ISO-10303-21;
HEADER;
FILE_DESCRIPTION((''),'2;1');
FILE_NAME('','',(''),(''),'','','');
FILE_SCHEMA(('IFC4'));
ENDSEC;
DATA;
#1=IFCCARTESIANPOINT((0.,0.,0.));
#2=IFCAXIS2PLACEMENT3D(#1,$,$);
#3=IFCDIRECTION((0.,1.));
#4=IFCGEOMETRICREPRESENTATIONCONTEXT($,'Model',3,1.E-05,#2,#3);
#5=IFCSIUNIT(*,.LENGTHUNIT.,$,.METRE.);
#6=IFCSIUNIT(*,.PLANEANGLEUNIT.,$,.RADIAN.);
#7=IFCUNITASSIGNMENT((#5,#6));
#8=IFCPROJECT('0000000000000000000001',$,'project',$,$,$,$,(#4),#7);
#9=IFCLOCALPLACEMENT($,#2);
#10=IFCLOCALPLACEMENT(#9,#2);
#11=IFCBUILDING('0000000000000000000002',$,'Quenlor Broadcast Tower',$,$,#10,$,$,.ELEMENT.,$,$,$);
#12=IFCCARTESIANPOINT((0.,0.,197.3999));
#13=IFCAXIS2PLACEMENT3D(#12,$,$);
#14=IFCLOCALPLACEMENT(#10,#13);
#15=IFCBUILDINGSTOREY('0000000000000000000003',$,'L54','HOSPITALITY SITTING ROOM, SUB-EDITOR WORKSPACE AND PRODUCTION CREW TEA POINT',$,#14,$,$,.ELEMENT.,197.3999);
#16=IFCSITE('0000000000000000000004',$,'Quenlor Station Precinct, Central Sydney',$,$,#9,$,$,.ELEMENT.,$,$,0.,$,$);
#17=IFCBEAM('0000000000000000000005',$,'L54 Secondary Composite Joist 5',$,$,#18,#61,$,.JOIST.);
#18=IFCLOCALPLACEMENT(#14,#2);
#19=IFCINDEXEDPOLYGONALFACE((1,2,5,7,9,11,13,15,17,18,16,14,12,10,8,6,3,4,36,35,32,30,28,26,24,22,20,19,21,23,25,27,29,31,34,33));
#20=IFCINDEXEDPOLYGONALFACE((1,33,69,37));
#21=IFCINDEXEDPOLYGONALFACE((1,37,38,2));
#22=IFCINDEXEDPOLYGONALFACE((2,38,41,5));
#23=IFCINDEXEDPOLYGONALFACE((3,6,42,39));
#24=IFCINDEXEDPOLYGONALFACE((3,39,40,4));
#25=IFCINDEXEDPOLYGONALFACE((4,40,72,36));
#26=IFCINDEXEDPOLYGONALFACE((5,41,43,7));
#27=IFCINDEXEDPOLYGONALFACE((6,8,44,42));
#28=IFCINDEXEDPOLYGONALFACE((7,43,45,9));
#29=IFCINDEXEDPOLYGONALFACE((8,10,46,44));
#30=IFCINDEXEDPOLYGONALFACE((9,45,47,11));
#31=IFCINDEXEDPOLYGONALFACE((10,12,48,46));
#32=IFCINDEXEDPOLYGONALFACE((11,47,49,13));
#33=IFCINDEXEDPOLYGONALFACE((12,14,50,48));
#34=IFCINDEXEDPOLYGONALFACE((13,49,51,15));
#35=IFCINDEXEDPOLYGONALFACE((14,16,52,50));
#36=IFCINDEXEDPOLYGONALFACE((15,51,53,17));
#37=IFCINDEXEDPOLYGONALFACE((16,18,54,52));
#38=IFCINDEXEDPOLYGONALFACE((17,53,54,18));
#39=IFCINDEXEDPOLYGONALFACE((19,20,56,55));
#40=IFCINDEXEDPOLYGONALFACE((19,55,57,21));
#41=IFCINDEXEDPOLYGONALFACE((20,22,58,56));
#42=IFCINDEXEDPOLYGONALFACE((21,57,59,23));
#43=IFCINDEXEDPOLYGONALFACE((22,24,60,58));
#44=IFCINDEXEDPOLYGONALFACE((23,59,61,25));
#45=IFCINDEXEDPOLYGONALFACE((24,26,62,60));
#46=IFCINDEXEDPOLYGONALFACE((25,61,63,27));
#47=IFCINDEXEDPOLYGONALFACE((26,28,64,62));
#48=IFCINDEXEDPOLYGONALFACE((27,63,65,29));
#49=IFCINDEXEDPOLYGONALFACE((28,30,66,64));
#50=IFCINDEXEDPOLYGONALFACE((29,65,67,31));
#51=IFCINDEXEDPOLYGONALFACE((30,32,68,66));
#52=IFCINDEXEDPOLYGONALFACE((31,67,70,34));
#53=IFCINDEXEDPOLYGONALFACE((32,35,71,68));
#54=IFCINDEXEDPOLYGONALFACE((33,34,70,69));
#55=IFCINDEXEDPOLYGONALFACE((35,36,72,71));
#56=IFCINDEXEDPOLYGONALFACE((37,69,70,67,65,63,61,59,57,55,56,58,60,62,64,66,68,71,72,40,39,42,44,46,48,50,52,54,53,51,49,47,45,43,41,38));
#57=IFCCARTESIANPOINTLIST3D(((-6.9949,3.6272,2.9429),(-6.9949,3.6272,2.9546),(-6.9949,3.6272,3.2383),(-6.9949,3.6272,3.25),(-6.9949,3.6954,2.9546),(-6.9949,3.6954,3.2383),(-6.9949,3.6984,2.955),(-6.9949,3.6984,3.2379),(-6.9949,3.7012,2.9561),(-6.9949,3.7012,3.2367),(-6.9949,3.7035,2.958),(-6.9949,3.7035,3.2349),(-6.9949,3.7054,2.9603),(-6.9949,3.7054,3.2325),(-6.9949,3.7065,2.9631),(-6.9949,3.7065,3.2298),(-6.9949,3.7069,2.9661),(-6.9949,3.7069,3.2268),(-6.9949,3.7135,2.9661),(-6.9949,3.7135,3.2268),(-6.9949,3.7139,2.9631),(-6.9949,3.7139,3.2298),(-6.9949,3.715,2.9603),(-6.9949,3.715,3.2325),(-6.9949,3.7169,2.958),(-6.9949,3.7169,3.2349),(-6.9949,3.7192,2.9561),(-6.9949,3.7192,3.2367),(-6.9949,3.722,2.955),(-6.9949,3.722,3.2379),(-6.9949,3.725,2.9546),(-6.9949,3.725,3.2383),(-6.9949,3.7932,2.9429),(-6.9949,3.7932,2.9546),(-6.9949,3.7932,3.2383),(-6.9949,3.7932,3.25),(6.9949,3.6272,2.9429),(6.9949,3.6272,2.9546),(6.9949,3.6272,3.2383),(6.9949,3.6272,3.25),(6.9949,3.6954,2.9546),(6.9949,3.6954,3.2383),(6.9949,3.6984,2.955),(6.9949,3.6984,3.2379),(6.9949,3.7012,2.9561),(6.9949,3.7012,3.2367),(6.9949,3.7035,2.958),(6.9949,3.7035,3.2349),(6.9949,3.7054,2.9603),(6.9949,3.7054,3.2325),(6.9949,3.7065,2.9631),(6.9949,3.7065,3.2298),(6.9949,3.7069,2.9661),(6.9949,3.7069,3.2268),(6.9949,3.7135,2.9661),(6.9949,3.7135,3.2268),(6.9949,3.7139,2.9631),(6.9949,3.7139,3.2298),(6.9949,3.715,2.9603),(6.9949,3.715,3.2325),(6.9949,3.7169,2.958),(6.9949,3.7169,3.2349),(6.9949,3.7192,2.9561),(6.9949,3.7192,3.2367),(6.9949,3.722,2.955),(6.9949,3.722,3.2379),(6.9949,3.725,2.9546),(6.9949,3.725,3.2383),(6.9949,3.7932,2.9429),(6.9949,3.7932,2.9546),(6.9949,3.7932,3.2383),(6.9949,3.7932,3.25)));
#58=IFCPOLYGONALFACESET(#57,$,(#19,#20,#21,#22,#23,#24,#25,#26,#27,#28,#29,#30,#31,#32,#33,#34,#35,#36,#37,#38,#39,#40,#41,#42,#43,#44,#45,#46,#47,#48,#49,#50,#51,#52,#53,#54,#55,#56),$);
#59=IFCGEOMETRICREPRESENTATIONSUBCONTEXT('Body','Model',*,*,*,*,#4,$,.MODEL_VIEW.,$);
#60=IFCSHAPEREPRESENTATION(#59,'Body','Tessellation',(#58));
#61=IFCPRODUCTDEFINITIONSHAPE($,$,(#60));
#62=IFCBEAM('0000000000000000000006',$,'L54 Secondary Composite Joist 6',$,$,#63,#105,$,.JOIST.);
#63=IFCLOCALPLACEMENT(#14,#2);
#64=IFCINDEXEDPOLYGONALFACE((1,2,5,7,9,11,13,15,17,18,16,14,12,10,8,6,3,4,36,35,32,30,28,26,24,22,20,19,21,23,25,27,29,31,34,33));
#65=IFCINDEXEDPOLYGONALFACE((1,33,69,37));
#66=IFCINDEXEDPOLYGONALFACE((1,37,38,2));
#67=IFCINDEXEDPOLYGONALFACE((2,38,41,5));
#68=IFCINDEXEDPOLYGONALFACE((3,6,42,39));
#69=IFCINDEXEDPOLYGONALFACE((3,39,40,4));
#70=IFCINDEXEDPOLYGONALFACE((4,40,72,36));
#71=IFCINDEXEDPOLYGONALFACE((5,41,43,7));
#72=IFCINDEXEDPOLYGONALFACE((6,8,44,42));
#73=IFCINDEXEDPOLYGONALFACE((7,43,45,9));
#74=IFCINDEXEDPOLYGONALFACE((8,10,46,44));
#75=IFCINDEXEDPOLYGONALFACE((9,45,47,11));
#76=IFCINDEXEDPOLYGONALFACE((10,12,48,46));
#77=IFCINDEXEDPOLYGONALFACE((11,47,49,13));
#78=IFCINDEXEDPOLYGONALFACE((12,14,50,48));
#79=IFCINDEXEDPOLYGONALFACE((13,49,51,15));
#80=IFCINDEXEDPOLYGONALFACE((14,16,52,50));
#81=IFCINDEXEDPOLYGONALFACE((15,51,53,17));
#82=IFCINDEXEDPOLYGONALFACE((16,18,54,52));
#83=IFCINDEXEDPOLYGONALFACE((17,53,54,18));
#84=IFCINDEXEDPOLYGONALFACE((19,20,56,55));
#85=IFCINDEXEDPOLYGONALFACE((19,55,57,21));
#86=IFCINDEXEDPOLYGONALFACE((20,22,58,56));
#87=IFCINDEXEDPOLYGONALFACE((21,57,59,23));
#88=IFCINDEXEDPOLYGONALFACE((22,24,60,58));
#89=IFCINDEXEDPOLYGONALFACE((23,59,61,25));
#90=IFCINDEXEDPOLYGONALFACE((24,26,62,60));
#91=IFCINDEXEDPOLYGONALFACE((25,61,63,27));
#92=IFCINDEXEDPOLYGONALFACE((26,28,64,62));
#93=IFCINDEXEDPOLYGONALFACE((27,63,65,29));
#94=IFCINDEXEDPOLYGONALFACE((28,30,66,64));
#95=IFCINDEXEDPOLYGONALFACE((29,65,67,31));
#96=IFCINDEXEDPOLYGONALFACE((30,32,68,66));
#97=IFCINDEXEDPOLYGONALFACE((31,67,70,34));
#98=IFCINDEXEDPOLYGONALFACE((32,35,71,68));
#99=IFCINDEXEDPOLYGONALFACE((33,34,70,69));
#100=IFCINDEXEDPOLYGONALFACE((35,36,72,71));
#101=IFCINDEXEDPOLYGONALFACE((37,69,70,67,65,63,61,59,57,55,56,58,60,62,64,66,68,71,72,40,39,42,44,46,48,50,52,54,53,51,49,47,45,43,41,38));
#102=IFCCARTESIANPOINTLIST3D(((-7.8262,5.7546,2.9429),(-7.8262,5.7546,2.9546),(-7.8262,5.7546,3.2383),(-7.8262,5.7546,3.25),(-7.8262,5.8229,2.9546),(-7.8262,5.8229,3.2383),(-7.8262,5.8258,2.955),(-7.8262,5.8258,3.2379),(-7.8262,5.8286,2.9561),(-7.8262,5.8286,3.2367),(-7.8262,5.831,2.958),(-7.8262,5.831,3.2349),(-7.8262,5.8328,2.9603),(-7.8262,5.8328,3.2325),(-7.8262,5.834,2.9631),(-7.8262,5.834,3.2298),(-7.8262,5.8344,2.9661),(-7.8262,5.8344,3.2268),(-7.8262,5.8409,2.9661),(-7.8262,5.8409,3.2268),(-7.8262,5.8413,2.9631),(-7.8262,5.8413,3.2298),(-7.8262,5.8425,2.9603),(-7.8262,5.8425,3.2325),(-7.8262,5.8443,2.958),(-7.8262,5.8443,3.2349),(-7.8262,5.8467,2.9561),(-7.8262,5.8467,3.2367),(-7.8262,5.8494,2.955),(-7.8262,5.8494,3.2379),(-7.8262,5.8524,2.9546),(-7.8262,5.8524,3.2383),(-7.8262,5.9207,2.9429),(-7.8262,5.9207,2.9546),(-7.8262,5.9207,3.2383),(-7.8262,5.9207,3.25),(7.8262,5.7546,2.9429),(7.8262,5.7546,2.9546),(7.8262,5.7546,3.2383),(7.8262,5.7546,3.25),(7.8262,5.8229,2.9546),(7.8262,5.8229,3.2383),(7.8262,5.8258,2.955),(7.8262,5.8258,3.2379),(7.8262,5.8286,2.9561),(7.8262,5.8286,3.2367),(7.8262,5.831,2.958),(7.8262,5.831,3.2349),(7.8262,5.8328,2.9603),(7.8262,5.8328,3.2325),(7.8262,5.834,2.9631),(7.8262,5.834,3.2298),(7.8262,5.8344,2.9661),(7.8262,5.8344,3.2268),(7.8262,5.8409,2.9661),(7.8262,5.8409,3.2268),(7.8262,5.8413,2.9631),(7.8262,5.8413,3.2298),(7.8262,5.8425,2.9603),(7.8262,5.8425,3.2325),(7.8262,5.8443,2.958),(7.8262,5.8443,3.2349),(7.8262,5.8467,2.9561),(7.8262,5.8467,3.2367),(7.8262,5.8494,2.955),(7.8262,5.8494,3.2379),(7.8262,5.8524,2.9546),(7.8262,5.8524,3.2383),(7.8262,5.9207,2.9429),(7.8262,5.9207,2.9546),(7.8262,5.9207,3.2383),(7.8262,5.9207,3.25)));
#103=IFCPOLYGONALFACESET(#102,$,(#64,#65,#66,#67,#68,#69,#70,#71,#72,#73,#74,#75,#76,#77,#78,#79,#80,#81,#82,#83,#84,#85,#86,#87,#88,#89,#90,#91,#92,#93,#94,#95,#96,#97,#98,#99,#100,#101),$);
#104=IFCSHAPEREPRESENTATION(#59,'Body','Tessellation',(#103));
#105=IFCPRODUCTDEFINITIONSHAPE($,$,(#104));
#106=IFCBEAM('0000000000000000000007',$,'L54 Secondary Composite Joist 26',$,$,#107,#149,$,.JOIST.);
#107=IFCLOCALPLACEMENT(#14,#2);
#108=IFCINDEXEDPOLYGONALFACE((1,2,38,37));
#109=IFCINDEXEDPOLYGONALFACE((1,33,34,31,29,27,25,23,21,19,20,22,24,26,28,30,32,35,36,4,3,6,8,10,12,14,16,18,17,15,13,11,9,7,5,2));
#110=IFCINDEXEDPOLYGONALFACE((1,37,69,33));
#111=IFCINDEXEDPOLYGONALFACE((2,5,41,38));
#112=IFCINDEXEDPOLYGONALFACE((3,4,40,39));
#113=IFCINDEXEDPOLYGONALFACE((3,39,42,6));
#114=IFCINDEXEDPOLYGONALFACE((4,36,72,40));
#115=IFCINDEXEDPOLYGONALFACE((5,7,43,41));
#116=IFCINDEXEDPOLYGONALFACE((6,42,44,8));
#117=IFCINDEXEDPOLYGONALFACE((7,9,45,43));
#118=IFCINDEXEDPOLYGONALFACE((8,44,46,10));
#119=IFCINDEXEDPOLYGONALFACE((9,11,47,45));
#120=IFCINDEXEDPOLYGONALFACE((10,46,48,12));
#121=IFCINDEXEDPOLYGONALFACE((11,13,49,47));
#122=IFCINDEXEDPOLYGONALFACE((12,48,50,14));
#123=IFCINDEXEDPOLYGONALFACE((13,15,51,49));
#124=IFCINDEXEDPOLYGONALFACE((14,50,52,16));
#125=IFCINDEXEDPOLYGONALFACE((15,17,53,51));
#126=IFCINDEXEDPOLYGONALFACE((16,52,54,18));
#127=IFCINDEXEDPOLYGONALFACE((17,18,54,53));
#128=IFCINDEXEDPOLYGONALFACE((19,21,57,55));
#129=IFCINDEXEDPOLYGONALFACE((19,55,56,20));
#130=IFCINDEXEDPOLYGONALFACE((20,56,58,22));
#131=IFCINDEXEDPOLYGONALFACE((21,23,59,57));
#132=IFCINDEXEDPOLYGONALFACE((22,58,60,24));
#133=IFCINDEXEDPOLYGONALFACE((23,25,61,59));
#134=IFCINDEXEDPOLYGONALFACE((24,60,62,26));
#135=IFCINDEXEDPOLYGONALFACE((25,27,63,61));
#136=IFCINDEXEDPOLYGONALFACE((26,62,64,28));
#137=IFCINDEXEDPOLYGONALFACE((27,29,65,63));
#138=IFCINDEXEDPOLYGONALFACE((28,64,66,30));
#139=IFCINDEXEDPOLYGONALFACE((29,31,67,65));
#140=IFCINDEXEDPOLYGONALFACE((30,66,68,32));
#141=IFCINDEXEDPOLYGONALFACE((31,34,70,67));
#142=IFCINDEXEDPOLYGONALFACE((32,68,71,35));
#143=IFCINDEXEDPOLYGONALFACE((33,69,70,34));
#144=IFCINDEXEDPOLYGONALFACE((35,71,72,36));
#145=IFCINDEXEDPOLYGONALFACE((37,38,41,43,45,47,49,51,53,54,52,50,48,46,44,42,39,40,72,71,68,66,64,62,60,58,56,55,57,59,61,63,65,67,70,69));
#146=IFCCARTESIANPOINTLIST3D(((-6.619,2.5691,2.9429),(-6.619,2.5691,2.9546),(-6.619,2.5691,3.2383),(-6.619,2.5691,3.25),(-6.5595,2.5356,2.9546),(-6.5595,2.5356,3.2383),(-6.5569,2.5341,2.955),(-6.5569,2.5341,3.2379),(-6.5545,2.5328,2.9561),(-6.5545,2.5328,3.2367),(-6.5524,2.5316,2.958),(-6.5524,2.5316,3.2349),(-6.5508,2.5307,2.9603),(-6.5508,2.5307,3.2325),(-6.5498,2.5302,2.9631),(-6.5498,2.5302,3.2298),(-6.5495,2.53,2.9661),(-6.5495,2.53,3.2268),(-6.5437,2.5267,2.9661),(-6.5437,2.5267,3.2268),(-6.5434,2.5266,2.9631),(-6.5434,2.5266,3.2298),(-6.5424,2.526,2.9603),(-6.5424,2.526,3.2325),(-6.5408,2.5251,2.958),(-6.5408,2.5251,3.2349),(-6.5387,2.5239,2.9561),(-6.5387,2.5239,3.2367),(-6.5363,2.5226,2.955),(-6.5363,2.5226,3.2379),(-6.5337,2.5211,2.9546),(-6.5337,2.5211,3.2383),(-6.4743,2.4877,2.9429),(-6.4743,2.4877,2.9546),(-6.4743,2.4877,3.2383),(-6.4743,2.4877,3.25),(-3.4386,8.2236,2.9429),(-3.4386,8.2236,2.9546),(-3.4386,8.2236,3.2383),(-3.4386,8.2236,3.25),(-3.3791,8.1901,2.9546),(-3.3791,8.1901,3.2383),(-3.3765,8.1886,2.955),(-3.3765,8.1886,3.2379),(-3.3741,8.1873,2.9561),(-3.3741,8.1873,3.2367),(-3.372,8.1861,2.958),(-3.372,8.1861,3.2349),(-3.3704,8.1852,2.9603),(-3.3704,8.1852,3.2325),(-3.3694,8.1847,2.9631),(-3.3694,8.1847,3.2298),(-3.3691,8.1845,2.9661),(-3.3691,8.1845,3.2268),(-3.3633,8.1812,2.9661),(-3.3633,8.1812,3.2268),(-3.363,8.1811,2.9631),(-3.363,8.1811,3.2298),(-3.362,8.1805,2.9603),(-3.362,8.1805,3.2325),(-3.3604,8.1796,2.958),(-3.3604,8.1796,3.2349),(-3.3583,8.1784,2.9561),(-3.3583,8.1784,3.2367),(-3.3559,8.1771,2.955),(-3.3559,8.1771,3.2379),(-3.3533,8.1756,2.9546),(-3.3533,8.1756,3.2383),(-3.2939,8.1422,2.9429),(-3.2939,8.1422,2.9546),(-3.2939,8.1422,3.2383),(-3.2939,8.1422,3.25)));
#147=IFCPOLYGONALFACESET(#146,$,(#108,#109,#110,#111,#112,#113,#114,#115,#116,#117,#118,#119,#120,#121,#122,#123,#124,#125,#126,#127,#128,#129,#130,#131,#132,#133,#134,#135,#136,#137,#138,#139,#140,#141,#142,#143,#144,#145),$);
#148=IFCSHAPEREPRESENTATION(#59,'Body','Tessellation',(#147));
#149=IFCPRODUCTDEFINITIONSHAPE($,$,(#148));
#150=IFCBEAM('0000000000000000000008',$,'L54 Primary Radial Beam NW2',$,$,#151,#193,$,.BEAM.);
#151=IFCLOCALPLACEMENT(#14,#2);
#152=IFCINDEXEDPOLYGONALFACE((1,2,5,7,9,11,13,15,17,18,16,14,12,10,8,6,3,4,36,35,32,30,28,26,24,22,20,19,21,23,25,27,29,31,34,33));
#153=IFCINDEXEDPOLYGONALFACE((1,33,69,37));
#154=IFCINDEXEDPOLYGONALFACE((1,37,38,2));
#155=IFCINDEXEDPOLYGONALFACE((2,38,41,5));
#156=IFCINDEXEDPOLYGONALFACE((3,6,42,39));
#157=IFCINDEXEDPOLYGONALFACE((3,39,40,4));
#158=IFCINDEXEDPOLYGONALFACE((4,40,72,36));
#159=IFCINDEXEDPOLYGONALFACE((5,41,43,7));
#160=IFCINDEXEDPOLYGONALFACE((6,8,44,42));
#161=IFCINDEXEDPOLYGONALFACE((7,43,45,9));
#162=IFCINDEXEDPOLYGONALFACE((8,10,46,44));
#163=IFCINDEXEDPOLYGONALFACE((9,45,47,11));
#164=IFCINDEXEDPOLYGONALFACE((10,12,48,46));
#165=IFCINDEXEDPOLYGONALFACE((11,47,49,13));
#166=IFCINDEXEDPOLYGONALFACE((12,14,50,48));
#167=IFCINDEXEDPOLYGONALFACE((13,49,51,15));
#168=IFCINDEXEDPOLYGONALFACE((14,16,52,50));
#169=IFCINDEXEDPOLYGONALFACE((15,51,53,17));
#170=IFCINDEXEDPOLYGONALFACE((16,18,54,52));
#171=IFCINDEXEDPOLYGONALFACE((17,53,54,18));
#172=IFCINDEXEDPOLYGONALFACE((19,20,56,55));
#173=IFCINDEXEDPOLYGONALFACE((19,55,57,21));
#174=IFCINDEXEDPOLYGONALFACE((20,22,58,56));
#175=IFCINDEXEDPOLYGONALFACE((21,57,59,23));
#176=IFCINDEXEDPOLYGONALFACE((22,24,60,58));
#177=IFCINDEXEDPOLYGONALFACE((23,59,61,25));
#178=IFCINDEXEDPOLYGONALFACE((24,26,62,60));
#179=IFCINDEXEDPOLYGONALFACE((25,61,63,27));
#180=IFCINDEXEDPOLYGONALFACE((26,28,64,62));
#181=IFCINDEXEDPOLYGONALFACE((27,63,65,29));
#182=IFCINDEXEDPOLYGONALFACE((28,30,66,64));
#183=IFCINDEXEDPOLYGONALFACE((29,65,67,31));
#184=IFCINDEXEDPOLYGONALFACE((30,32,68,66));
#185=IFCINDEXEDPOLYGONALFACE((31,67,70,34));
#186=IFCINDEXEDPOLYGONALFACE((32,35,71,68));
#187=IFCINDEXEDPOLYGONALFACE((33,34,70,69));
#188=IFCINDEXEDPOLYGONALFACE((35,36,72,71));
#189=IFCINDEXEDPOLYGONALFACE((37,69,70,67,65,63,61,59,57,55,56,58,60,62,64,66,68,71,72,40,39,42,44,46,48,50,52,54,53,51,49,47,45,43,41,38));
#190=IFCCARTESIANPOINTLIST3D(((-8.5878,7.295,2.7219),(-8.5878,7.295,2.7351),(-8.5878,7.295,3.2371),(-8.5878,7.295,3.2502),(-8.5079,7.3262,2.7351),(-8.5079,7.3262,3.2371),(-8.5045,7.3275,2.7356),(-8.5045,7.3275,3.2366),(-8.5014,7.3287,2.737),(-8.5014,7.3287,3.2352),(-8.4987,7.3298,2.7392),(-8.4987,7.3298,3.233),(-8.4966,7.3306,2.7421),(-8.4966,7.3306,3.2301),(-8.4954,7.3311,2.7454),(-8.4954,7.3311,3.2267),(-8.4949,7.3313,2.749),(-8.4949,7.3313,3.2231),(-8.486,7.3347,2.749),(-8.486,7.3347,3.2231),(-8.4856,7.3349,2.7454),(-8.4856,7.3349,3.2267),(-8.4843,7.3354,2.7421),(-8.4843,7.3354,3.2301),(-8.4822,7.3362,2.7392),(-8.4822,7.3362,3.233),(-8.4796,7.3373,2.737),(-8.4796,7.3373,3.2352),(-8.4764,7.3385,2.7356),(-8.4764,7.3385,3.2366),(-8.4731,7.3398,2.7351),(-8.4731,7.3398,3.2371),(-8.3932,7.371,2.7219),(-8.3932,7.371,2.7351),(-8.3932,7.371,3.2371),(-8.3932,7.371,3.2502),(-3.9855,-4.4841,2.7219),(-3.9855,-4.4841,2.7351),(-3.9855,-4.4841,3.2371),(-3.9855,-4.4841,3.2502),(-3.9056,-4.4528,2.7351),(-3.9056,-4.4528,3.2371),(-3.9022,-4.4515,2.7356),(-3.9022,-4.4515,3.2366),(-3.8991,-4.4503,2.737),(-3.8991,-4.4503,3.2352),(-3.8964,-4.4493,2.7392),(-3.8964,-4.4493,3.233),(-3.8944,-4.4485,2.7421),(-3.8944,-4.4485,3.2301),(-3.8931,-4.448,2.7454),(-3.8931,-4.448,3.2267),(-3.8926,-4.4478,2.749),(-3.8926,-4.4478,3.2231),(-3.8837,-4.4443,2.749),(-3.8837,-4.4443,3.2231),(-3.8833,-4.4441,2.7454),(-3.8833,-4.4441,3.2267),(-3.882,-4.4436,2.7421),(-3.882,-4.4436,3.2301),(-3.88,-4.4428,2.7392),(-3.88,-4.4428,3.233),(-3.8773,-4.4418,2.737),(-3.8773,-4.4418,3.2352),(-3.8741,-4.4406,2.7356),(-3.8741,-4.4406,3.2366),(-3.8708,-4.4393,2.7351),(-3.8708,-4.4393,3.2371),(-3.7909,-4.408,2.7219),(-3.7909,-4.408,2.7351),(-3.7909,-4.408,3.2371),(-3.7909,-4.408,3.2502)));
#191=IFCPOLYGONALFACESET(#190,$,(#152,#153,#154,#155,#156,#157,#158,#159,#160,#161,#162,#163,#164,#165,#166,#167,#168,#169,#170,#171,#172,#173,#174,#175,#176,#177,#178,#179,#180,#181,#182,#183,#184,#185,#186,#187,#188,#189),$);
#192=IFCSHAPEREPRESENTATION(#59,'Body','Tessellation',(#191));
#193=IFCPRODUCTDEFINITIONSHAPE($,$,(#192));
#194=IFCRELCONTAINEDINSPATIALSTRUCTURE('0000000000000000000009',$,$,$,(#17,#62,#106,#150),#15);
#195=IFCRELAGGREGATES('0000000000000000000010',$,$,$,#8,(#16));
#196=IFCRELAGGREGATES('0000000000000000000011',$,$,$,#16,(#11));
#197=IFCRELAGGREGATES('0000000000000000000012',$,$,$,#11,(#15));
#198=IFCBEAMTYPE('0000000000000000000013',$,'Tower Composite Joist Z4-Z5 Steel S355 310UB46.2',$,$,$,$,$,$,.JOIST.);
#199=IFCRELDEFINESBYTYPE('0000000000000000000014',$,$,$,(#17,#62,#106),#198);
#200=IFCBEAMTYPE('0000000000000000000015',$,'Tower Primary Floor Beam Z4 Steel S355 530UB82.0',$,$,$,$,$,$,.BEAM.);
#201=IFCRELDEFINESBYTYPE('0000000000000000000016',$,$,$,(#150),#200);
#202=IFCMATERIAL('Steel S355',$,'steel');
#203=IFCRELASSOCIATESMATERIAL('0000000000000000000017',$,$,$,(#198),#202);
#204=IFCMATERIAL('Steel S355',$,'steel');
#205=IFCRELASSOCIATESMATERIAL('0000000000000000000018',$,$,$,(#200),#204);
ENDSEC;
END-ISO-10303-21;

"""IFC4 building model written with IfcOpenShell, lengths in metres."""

from ifc_helpers import new_model, si_unit, direction, frame, origin, origin_2d, place, context, subcontext, project, spatial, i_section, extrude, material, material_profile, profile_set, type_object, element, save


model = new_model("IFC4")

# Units and contexts
model_context = context("Model", 3, precision=1e-05, world=origin(), true_north=direction((0.0, 1.0)))
body_context = subcontext(model_context, "Body", "Model", "MODEL_VIEW")
ifc_project = project(units=[si_unit("LENGTHUNIT", "METRE"), si_unit("PLANEANGLEUNIT", "RADIAN")], contexts=[model_context])

# Site, building, storey
site_placement = place(None, origin())
site = spatial("IfcSite", under=ifc_project, at=site_placement, Name="Quenlor Station Precinct, Central Sydney", CompositionType="ELEMENT", RefElevation=0.0)
building_placement = place(site_placement, origin())
building = spatial("IfcBuilding", under=site, at=building_placement, Name="Quenlor Broadcast Tower", CompositionType="ELEMENT")
storey_placement = place(building_placement, frame((0.0, 0.0, 197.3999)))
storey = spatial("IfcBuildingStorey", under=building, at=storey_placement, Name="L54", Description="HOSPITALITY SITTING ROOM, SUB-EDITOR WORKSPACE AND PRODUCTION CREW TEA POINT", CompositionType="ELEMENT", Elevation=197.3999)

# Beams
ifc_material_1 = material(Name="Steel S355", Category="steel")
ifc_material_profile_1 = material_profile(ifc_material_1, i_section(OverallWidth=0.166, OverallDepth=0.3071, WebThickness=0.0066, FlangeThickness=0.0117, FilletRadius=0.0115, at=origin_2d()))
ifc_profile_set_1 = profile_set([ifc_material_profile_1], Name="Steel S355 310UB46.2")
beam_type_1 = type_object("IfcBeamType", Name="Tower Composite Joist Z4-Z5 Steel S355 310UB46.2", PredefinedType="JOIST", material=ifc_profile_set_1)
beam_1_placement = place(storey_placement, frame((-6.9949, 3.7102, 3.0964), z_axis=(1.0, 0.0, 0.0), x_axis=(0.0, 1.0, 0.0)))
element("IfcBeam", 1, at=beam_1_placement, inside=storey, type_object=beam_type_1, Name="L54 Secondary Composite Joist 5", PredefinedType="JOIST", context=body_context, shape_type="SweptSolid", body=[
    extrude(i_section(OverallWidth=0.166, OverallDepth=0.3071, WebThickness=0.0066, FlangeThickness=0.0117, FilletRadius=0.0115, at=origin_2d()), origin(), (0.0, 0.0, 1.0), 13.9897),
])
beam_2_placement = place(storey_placement, frame((-7.8262, 5.8376, 3.0964), z_axis=(1.0, 0.0, 0.0), x_axis=(0.0, 1.0, 0.0)))
element("IfcBeam", 2, at=beam_2_placement, inside=storey, type_object=beam_type_1, Name="L54 Secondary Composite Joist 6", PredefinedType="JOIST", context=body_context, shape_type="SweptSolid", body=[
    extrude(i_section(OverallWidth=0.166, OverallDepth=0.3071, WebThickness=0.0066, FlangeThickness=0.0117, FilletRadius=0.0115, at=origin_2d()), origin(), (0.0, 0.0, 1.0), 15.6523),
])
beam_3_placement = place(storey_placement, frame((-3.3662, 8.1829, 3.0964), z_axis=(-0.490231, -0.871593, 0.0), x_axis=(0.871593, -0.490231, 0.0)))
element("IfcBeam", 3, at=beam_3_placement, inside=storey, type_object=beam_type_1, Name="L54 Secondary Composite Joist 26", PredefinedType="JOIST", context=body_context, shape_type="SweptSolid", body=[
    extrude(i_section(OverallWidth=0.166, OverallDepth=0.3071, WebThickness=0.0066, FlangeThickness=0.0117, FilletRadius=0.0115, at=origin_2d()), origin(), (0.0, 0.0, 1.0), 6.4875),
])
ifc_material_2 = material(Name="Steel S355", Category="steel")
ifc_material_profile_2 = material_profile(ifc_material_2, i_section(OverallWidth=0.209, OverallDepth=0.5283, WebThickness=0.0095, FlangeThickness=0.0132, FilletRadius=0.0139, at=origin_2d()))
ifc_profile_set_2 = profile_set([ifc_material_profile_2], Name="Steel S355 530UB82.0")
beam_type_2 = type_object("IfcBeamType", Name="Tower Primary Floor Beam Z4 Steel S355 530UB82.0", PredefinedType="BEAM", material=ifc_profile_set_2)
beam_4_placement = place(storey_placement, frame((-8.4905, 7.333, 2.9861), z_axis=(0.363926, -0.931428, 0.0), x_axis=(0.931428, 0.363926, 0.0)))
element("IfcBeam", 4, at=beam_4_placement, inside=storey, type_object=beam_type_2, Name="L54 Primary Radial Beam NW2", PredefinedType="BEAM", context=body_context, shape_type="SweptSolid", body=[
    extrude(i_section(OverallWidth=0.209, OverallDepth=0.5283, WebThickness=0.0095, FlangeThickness=0.0132, FilletRadius=0.0139, at=origin_2d()), origin(), (0.0, 0.0, 1.0), 12.6462),
])

save(model, "model.ifc")
